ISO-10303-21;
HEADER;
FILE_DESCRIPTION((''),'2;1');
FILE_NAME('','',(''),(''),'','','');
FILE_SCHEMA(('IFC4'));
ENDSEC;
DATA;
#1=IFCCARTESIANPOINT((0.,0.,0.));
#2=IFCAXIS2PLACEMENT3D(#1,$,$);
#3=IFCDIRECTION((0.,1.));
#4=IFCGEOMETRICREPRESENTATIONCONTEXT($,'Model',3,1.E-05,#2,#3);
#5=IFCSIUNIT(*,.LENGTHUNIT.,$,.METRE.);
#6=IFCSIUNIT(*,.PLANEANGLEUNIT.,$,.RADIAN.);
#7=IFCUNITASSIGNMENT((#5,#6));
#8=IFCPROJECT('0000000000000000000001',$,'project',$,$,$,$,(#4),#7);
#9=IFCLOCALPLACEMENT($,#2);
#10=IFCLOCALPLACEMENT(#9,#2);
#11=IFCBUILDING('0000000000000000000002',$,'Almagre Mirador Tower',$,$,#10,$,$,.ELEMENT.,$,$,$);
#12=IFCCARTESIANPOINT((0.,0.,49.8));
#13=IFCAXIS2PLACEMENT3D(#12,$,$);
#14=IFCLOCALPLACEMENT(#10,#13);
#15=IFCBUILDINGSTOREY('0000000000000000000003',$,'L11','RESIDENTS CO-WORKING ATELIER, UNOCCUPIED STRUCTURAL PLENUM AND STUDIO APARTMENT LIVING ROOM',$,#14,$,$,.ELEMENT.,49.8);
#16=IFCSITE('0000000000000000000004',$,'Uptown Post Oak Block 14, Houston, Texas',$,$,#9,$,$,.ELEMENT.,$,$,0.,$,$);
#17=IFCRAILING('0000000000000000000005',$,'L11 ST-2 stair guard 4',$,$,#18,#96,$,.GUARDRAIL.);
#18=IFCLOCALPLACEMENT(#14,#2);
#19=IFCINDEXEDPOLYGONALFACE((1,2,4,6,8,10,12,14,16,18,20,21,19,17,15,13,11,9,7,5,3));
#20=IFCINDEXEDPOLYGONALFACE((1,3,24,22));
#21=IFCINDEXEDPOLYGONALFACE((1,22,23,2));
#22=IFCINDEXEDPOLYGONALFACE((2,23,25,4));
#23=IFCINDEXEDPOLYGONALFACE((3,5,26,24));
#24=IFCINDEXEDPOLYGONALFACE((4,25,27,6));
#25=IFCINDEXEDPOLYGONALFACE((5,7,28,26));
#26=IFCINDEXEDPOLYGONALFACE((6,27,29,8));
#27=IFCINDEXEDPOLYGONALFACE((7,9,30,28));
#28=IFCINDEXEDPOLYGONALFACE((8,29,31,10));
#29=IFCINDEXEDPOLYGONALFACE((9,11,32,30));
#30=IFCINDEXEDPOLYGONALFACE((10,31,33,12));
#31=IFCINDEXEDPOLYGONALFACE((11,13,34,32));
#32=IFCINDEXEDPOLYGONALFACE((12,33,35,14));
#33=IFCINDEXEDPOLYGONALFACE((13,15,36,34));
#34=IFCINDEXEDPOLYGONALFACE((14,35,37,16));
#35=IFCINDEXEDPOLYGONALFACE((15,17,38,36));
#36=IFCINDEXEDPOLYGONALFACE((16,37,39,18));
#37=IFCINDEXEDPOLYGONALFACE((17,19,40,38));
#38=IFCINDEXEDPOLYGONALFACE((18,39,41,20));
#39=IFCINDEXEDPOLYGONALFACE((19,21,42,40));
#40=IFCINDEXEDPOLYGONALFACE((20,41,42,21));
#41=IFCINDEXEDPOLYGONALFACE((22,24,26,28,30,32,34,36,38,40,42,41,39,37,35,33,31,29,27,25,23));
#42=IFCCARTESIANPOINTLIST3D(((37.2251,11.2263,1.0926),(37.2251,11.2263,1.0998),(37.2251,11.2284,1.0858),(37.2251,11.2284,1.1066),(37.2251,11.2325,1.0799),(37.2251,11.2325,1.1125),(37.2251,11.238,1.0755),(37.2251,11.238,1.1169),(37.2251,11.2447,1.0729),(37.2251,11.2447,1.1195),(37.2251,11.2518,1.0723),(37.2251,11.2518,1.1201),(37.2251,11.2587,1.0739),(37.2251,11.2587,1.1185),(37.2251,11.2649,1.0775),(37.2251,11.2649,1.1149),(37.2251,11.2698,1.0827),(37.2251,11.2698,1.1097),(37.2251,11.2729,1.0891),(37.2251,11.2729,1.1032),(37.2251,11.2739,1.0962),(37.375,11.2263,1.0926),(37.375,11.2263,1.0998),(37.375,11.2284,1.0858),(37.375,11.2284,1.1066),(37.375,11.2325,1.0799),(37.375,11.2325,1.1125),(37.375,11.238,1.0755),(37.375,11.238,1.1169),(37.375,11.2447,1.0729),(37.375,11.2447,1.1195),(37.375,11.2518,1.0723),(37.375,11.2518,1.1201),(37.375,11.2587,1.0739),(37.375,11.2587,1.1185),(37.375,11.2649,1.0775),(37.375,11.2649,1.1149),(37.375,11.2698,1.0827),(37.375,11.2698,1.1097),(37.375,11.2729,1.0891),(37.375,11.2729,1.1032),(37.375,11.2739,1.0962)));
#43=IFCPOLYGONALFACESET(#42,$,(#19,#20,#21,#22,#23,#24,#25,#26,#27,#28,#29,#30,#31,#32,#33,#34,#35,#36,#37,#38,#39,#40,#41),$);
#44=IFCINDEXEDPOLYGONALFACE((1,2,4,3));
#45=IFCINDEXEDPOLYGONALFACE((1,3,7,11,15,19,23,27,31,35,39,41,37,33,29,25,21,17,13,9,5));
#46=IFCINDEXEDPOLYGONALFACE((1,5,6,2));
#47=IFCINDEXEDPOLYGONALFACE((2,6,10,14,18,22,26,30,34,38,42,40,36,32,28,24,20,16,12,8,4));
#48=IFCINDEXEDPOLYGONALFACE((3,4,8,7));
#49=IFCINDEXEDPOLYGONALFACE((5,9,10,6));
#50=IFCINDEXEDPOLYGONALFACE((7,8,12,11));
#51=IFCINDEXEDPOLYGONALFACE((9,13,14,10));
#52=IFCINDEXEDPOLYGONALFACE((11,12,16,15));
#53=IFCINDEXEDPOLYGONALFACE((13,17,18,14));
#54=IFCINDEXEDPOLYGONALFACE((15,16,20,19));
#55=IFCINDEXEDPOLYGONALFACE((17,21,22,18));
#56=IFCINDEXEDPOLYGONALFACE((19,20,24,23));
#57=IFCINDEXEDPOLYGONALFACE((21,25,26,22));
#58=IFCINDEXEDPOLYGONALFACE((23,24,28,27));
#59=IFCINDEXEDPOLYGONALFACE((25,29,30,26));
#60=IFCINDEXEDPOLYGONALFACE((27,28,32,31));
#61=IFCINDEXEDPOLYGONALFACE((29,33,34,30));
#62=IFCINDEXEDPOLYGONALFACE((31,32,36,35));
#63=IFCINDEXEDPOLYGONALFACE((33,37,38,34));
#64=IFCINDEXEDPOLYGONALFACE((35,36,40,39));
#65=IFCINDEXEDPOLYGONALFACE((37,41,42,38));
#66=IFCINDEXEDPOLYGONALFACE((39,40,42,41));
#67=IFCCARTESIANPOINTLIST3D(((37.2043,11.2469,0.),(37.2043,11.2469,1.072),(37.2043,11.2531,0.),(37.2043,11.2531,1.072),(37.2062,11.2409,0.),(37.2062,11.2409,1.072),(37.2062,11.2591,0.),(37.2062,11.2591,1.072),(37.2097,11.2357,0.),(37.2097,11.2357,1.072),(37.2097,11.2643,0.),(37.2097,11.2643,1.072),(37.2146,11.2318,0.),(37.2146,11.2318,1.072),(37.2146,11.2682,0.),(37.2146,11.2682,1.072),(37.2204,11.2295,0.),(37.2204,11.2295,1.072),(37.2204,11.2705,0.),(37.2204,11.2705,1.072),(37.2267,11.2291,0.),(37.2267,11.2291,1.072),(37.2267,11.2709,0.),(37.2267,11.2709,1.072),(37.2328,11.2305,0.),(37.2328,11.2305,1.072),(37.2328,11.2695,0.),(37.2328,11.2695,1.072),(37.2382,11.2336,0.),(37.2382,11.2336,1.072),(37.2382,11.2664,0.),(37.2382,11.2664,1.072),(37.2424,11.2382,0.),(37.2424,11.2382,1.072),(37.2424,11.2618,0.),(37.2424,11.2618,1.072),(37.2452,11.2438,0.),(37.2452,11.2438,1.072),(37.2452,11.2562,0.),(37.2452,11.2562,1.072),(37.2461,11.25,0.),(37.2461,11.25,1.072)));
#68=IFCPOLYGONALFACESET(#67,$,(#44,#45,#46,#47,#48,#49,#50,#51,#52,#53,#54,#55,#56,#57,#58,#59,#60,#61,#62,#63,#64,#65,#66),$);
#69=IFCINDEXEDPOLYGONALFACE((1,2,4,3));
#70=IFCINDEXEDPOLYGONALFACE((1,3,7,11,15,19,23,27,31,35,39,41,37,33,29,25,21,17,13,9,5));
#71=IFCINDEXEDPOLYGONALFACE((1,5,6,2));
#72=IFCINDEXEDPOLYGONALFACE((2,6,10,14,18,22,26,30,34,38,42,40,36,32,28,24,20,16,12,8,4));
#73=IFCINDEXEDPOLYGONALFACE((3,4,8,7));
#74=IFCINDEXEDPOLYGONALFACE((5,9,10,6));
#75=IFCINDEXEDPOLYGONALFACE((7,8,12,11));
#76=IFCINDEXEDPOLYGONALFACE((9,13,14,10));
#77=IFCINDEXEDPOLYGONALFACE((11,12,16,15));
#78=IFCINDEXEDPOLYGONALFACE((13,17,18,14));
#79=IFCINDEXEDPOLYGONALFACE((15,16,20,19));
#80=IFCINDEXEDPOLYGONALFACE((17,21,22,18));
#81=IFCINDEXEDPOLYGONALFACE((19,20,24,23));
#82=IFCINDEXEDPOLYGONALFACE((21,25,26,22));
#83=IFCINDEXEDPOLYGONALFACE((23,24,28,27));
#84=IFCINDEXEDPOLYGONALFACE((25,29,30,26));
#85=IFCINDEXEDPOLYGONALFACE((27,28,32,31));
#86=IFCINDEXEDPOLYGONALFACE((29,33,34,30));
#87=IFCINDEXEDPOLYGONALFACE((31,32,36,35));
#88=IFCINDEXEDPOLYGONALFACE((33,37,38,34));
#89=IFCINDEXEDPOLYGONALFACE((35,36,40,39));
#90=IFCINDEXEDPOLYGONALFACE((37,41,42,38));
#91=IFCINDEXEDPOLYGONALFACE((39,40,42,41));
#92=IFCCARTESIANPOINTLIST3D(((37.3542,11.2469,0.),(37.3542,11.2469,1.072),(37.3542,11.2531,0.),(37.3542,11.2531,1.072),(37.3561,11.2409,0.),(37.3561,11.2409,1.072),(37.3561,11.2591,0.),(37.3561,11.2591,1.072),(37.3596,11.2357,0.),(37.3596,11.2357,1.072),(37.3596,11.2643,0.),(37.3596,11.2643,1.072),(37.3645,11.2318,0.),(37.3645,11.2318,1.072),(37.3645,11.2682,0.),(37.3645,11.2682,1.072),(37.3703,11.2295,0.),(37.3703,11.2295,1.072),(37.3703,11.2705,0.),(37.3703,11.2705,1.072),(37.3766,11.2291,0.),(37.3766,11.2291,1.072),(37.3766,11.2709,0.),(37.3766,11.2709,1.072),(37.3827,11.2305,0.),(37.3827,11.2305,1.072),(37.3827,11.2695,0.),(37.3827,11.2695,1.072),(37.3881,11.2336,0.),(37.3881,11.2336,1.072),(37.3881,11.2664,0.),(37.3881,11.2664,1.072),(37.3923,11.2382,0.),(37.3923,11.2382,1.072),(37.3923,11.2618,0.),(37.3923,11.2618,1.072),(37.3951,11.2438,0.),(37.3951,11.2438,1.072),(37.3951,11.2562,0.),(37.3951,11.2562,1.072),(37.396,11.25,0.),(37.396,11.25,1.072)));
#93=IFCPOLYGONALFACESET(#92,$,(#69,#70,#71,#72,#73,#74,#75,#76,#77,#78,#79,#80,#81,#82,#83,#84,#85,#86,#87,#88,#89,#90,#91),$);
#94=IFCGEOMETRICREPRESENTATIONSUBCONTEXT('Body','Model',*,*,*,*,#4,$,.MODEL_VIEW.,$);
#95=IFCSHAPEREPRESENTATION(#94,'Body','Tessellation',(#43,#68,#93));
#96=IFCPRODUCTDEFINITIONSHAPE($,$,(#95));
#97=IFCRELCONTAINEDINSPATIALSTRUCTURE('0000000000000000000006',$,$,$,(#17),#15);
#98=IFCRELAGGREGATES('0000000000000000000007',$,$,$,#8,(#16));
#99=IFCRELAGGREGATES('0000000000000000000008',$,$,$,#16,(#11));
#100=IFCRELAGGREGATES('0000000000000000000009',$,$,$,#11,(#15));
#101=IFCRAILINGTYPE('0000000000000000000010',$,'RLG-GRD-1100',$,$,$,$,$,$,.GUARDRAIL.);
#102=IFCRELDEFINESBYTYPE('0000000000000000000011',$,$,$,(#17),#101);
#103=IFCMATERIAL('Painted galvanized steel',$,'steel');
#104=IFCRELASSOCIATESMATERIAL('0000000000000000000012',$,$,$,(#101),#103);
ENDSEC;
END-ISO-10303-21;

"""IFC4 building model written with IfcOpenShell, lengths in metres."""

from ifc_helpers import new_model, si_unit, direction, frame, origin, origin_2d, place, context, subcontext, project, spatial, circle, extrude, material, type_object, element, save


model = new_model("IFC4")

# Units and contexts
model_context = context("Model", 3, precision=1e-05, world=origin(), true_north=direction((0.0, 1.0)))
body_context = subcontext(model_context, "Body", "Model", "MODEL_VIEW")
ifc_project = project(units=[si_unit("LENGTHUNIT", "METRE"), si_unit("PLANEANGLEUNIT", "RADIAN")], contexts=[model_context])

# Site, building, storey
site_placement = place(None, origin())
site = spatial("IfcSite", under=ifc_project, at=site_placement, Name="Uptown Post Oak Block 14, Houston, Texas", CompositionType="ELEMENT", RefElevation=0.0)
building_placement = place(site_placement, origin())
building = spatial("IfcBuilding", under=site, at=building_placement, Name="Almagre Mirador Tower", CompositionType="ELEMENT")
storey_placement = place(building_placement, frame((0.0, 0.0, 49.8)))
storey = spatial("IfcBuildingStorey", under=building, at=storey_placement, Name="L11", Description="RESIDENTS CO-WORKING ATELIER, UNOCCUPIED STRUCTURAL PLENUM AND STUDIO APARTMENT LIVING ROOM", CompositionType="ELEMENT", Elevation=49.8)

# Railing
ifc_material_1 = material(Name="Painted galvanized steel", Category="steel")
railing_type_1 = type_object("IfcRailingType", Name="RLG-GRD-1100", PredefinedType="GUARDRAIL", material=ifc_material_1)
railing_1_placement = place(storey_placement, frame((37.2251, 11.25, 0.0)))
element("IfcRailing", 1, at=railing_1_placement, inside=storey, type_object=railing_type_1, Name="L11 ST-2 stair guard 4", PredefinedType="GUARDRAIL", context=body_context, shape_type="SweptSolid", body=[
    extrude(circle(Radius=0.0239, at=origin_2d()), frame((0.0, 0.0, 1.0962), z_axis=(1.0, 0.0, 0.0), x_axis=(0.0, 1.0, 0.0)), (0.0, 0.0, 1.0), 0.1499),
    extrude(circle(Radius=0.021, at=origin_2d()), origin(), (0.0, 0.0, 1.0), 1.072),
    extrude(circle(Radius=0.021, at=origin_2d()), frame((0.1499, 0.0, 0.0)), (0.0, 0.0, 1.0), 1.072),
])

save(model, "model.ifc")
